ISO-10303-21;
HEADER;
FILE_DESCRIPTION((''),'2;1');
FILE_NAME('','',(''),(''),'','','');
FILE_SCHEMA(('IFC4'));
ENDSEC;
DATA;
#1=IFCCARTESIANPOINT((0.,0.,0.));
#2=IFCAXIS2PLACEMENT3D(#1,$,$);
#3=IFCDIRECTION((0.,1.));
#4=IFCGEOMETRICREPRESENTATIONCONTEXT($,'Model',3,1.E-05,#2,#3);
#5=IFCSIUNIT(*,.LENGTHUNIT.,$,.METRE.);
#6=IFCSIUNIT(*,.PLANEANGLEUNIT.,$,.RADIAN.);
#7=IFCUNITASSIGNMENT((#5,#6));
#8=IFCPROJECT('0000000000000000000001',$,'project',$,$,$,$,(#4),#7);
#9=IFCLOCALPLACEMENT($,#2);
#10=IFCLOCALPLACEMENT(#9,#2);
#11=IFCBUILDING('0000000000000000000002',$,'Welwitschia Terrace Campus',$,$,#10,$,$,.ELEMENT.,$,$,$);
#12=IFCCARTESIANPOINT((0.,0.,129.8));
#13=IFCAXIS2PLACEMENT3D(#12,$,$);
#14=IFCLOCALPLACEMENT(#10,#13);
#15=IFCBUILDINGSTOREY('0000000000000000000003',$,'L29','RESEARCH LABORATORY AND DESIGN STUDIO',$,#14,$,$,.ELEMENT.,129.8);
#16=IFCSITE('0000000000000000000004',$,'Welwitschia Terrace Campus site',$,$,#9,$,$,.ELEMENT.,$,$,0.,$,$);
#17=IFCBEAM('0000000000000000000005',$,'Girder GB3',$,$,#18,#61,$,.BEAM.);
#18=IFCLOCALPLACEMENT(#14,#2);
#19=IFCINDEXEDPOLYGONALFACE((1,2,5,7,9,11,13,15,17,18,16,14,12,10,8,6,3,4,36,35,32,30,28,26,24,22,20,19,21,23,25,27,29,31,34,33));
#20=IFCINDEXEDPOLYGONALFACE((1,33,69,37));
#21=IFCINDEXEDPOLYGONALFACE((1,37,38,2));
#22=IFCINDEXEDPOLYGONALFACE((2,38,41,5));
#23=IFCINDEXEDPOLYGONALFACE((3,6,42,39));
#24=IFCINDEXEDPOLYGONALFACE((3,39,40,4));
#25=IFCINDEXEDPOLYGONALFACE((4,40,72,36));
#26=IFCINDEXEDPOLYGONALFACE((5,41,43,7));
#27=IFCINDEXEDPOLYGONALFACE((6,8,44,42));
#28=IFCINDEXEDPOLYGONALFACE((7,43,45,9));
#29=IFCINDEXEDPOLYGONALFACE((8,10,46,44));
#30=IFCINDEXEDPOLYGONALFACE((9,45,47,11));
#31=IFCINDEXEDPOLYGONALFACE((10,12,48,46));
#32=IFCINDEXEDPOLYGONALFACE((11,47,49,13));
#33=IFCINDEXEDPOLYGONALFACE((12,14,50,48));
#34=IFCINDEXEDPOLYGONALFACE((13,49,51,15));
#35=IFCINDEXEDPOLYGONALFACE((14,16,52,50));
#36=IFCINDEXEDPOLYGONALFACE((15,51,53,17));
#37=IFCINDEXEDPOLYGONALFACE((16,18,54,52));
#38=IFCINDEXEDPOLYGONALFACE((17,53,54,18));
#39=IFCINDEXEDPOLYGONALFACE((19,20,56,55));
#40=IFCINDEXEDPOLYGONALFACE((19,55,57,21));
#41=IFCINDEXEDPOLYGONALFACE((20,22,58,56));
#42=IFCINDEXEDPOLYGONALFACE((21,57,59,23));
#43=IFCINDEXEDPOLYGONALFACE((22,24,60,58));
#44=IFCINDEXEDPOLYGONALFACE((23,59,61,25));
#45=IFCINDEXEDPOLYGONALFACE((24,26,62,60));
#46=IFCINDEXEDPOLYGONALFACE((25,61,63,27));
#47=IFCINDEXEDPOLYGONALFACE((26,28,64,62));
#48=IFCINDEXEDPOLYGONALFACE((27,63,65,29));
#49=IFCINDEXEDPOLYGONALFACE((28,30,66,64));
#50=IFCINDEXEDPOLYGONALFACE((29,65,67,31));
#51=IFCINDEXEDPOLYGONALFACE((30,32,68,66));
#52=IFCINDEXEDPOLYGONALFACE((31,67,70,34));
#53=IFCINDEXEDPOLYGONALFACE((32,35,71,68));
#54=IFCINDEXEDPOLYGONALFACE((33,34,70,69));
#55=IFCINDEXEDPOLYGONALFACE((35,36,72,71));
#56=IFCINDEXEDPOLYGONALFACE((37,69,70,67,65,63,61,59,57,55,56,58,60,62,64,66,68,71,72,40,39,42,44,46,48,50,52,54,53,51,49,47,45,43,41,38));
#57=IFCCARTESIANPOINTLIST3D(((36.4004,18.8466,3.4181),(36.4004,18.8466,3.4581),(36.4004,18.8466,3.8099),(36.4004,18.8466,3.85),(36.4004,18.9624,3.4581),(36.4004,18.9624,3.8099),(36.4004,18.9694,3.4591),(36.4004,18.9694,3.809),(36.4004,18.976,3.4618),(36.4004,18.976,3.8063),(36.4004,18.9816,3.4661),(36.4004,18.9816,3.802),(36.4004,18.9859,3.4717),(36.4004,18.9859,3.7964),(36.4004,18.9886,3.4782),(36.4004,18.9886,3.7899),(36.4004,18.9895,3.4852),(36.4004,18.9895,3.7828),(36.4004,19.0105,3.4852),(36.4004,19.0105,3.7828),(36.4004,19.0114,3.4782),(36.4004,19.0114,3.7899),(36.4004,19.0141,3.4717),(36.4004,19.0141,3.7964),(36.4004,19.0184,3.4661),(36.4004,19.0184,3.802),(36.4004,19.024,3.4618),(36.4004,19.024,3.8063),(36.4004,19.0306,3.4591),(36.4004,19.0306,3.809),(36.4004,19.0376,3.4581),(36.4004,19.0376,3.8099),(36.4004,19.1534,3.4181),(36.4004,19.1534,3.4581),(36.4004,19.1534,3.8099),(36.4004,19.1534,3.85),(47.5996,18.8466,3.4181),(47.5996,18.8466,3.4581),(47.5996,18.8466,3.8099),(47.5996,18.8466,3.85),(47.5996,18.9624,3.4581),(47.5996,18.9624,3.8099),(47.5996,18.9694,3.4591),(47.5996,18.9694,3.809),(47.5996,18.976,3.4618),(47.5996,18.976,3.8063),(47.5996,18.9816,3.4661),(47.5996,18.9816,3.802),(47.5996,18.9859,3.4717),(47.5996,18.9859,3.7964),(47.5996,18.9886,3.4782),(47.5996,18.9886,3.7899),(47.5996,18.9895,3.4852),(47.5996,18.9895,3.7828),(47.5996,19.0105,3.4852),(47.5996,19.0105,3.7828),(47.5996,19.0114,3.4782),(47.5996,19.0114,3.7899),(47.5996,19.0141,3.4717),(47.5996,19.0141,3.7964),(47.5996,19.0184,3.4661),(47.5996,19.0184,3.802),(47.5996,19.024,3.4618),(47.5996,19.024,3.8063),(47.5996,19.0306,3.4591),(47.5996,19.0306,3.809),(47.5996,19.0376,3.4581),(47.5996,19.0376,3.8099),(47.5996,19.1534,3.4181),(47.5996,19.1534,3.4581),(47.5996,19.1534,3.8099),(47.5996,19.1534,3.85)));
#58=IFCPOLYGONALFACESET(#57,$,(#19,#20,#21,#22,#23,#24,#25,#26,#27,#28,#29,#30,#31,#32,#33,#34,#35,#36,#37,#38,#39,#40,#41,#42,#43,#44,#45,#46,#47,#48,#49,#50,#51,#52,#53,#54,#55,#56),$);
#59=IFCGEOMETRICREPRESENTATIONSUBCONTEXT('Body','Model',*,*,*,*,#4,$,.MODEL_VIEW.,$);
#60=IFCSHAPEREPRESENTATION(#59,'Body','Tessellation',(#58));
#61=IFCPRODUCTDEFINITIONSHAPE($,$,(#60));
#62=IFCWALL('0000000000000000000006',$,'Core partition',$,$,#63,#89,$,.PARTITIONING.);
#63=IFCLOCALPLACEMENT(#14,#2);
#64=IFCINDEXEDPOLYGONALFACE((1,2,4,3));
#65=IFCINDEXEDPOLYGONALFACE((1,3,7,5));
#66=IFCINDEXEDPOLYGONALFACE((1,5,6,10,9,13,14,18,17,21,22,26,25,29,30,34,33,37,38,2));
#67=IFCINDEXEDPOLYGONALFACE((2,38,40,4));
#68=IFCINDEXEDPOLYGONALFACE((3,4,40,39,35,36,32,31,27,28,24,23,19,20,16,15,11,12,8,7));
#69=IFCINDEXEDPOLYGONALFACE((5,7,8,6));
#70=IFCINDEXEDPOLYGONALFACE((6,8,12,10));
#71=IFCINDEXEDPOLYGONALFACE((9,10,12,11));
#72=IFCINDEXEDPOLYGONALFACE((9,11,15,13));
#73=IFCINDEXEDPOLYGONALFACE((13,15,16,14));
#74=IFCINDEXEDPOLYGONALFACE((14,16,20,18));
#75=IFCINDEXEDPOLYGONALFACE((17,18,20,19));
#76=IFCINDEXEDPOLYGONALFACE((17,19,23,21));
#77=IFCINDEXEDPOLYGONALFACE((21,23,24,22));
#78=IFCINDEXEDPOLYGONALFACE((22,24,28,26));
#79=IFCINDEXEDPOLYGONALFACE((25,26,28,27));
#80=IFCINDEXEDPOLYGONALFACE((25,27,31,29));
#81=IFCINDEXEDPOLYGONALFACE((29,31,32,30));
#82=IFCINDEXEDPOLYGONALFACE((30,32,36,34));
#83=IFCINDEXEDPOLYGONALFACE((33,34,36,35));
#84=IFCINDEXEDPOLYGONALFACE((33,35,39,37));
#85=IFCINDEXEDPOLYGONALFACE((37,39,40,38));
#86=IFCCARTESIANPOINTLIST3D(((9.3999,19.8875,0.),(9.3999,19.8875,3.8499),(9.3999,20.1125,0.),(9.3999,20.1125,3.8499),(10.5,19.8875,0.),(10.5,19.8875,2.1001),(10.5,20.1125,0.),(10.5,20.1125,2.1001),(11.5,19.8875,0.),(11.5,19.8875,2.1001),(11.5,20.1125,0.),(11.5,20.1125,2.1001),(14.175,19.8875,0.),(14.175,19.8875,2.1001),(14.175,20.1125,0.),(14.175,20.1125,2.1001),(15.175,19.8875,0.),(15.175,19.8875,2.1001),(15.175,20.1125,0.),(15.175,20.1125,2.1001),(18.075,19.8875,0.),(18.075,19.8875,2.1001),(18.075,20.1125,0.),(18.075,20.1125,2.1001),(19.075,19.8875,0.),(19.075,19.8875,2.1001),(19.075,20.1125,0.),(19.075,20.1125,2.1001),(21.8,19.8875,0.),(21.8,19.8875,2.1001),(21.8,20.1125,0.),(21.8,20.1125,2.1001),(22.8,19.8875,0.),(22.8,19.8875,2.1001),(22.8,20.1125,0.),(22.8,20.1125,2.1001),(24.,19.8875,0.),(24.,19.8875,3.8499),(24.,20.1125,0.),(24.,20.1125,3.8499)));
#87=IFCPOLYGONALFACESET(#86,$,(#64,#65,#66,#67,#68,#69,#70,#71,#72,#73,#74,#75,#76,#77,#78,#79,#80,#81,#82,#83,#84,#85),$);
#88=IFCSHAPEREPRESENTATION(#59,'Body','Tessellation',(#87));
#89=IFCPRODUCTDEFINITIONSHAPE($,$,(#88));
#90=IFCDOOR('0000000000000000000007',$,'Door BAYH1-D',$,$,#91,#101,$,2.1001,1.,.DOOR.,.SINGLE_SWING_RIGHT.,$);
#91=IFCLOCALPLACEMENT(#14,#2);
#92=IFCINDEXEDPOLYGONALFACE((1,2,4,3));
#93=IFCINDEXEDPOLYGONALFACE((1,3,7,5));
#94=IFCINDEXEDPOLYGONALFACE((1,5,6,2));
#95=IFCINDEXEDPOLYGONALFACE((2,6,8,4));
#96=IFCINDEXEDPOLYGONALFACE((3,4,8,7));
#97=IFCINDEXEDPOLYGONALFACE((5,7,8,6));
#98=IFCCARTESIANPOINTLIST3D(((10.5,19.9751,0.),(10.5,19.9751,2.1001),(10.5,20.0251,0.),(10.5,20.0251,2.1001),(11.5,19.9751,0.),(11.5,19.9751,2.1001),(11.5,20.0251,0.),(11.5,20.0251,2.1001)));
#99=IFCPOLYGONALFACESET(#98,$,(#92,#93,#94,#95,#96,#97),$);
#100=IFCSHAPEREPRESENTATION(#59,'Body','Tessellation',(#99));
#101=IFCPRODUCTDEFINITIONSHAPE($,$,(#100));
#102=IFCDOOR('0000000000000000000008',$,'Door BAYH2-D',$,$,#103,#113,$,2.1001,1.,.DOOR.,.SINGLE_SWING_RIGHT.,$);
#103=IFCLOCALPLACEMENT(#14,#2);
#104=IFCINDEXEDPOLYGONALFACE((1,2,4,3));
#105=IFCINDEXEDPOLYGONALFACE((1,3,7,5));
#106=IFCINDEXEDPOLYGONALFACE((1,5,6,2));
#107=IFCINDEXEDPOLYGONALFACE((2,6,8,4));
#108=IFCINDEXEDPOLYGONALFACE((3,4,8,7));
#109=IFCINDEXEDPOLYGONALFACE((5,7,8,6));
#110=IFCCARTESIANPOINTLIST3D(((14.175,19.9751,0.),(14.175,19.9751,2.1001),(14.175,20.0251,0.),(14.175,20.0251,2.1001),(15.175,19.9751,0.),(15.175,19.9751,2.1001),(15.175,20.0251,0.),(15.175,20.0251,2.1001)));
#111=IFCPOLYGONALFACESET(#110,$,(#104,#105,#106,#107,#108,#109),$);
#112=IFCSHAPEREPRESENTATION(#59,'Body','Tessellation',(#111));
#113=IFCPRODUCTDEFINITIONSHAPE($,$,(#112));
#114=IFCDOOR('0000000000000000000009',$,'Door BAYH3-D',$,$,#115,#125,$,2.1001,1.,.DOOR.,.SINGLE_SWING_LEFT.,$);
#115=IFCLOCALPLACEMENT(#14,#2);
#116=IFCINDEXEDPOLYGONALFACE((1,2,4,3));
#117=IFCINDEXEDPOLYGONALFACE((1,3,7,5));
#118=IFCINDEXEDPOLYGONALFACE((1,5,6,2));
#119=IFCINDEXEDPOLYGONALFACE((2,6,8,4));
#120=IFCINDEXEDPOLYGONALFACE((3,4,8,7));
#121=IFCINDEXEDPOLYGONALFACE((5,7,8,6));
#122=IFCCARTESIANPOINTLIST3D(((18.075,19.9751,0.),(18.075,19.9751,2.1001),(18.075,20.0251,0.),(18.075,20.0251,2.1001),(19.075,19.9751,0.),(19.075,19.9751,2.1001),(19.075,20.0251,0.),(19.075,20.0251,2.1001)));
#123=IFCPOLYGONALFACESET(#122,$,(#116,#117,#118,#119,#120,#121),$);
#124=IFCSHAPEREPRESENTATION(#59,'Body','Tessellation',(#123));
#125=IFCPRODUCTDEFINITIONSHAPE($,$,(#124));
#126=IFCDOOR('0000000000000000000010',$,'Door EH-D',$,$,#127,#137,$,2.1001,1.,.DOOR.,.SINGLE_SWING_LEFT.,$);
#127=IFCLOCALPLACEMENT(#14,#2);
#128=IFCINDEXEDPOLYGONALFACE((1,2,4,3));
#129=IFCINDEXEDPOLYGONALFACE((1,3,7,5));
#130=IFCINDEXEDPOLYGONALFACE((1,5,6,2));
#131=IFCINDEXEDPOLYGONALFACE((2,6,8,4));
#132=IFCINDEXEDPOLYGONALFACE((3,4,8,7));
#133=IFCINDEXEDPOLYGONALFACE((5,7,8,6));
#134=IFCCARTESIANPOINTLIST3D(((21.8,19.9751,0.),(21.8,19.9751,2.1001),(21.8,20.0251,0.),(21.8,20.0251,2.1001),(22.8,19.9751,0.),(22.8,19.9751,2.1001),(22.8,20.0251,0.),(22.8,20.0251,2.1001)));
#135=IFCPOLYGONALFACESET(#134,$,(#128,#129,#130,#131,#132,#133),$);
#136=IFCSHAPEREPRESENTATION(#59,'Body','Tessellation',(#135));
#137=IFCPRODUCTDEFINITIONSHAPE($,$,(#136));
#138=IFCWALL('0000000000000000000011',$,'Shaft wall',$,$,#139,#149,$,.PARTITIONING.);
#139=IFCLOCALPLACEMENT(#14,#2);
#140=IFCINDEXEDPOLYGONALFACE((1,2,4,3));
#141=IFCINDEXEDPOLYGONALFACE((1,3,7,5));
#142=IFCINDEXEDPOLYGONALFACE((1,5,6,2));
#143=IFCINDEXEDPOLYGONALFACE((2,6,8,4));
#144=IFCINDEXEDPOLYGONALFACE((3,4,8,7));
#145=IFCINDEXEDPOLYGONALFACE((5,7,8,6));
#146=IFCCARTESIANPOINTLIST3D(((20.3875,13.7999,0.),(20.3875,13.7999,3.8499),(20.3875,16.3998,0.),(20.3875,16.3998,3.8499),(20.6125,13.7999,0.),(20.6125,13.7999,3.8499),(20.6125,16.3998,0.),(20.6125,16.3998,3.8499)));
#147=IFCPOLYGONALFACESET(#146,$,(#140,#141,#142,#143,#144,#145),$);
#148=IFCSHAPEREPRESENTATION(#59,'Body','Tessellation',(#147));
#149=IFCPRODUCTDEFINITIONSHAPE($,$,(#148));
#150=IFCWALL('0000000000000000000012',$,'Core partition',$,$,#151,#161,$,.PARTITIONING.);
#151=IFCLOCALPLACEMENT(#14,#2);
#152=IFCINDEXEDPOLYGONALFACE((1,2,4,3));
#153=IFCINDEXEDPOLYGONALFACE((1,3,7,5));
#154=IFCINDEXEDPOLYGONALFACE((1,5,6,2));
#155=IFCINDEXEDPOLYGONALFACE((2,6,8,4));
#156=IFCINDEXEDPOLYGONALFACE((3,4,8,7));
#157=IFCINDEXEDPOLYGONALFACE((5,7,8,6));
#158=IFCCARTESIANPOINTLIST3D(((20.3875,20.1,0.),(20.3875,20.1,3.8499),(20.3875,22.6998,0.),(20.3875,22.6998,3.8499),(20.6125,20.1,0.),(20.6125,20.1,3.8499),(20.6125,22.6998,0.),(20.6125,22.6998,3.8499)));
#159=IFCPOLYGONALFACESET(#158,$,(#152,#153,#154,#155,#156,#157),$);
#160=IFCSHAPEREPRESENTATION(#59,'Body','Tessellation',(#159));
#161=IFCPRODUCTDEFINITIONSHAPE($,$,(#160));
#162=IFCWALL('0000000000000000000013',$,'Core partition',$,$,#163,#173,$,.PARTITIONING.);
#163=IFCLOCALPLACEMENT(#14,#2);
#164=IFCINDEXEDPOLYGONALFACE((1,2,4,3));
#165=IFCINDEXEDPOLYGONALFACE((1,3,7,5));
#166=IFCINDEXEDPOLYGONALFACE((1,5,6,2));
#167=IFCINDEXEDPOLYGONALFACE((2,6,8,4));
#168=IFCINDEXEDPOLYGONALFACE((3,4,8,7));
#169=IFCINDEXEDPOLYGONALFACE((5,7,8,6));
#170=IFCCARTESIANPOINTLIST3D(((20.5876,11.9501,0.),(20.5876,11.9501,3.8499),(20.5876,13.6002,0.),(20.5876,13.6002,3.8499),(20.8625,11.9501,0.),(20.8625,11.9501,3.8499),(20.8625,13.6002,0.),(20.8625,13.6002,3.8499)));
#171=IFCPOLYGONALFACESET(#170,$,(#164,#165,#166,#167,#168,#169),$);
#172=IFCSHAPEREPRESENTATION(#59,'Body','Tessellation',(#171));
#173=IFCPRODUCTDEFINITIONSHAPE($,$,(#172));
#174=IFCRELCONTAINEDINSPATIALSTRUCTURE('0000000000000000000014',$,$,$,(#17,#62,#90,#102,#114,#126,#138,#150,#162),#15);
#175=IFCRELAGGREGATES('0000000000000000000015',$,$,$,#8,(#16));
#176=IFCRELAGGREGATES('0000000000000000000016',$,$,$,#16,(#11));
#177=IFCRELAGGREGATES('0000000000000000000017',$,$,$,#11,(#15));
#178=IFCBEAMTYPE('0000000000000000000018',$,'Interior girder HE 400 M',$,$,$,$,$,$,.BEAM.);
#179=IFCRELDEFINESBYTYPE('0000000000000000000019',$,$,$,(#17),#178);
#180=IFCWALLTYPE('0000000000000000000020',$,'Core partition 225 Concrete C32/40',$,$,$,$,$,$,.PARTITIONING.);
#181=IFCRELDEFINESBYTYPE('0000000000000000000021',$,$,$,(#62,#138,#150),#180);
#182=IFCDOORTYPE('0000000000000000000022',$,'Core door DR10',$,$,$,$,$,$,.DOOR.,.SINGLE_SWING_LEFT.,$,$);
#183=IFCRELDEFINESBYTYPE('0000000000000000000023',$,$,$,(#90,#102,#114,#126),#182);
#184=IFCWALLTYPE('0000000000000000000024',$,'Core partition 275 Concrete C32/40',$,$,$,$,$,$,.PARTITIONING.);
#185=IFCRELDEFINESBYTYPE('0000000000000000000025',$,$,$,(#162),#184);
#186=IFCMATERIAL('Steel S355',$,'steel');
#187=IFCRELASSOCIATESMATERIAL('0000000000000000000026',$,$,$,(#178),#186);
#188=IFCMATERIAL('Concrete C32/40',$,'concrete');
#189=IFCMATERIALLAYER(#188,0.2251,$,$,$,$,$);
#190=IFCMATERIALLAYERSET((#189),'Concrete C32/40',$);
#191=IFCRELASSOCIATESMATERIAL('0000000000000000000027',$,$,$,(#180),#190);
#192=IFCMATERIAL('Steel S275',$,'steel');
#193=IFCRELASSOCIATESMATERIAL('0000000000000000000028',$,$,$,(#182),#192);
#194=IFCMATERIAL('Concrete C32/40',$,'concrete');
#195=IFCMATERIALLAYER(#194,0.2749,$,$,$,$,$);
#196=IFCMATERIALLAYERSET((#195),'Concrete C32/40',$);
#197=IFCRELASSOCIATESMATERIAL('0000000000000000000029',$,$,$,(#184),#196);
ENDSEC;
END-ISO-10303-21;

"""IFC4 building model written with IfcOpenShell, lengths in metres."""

from ifc_helpers import new_model, si_unit, direction, frame, frame_2d, origin, origin_2d, place, context, subcontext, project, spatial, rectangle, i_section, extrude, material, layer, layer_set, material_profile, profile_set, type_object, element, fill, save


model = new_model("IFC4")

# Units and contexts
model_context = context("Model", 3, precision=1e-05, world=origin(), true_north=direction((0.0, 1.0)))
body_context = subcontext(model_context, "Body", "Model", "MODEL_VIEW")
ifc_project = project(units=[si_unit("LENGTHUNIT", "METRE"), si_unit("PLANEANGLEUNIT", "RADIAN")], contexts=[model_context])

# Site, building, storey
site_placement = place(None, origin())
site = spatial("IfcSite", under=ifc_project, at=site_placement, Name="Welwitschia Terrace Campus site", CompositionType="ELEMENT", RefElevation=0.0)
building_placement = place(site_placement, origin())
building = spatial("IfcBuilding", under=site, at=building_placement, Name="Welwitschia Terrace Campus", CompositionType="ELEMENT")
storey_placement = place(building_placement, frame((0.0, 0.0, 129.8)))
storey = spatial("IfcBuildingStorey", under=building, at=storey_placement, Name="L29", Description="RESEARCH LABORATORY AND DESIGN STUDIO", CompositionType="ELEMENT", Elevation=129.8)

# Beam
ifc_material_1 = material(Name="Steel S355", Category="steel")
ifc_material_profile_1 = material_profile(ifc_material_1, i_section(OverallWidth=0.3069, OverallDepth=0.4319, WebThickness=0.021, FlangeThickness=0.04, FilletRadius=0.0271, at=origin_2d()))
ifc_profile_set_1 = profile_set([ifc_material_profile_1], Name="Steel S355")
beam_type = type_object("IfcBeamType", Name="Interior girder HE 400 M", PredefinedType="BEAM", material=ifc_profile_set_1)
beam_1_placement = place(storey_placement, frame((36.4004, 19.0, 3.634), z_axis=(1.0, 0.0, 0.0), x_axis=(0.0, 1.0, 0.0)))
element("IfcBeam", 1, at=beam_1_placement, inside=storey, type_object=beam_type, Name="Girder GB3", PredefinedType="BEAM", context=body_context, shape_type="SweptSolid", body=[
    extrude(i_section(OverallWidth=0.3069, OverallDepth=0.4319, WebThickness=0.021, FlangeThickness=0.04, FilletRadius=0.0271, at=origin_2d()), origin(), (0.0, 0.0, 1.0), 11.1992),
])

# Wall, openings, doors
ifc_material_2 = material(Name="Concrete C32/40", Category="concrete")
ifc_layer_1 = layer(ifc_material_2, 0.2251)
ifc_layer_set_1 = layer_set([ifc_layer_1], Name="Concrete C32/40")
wall_type_1 = type_object("IfcWallType", Name="Core partition 225 Concrete C32/40", PredefinedType="PARTITIONING", material=ifc_layer_set_1)
wall_1_placement = place(storey_placement, frame((24.0, 20.0, 0.0), z_axis=(0.0, 0.0, 1.0), x_axis=(-1.0, 0.0, 0.0)))
wall_1 = element("IfcWall", 2, at=wall_1_placement, inside=storey, type_object=wall_type_1, Name="Core partition", PredefinedType="PARTITIONING", context=body_context, shape_type="SweptSolid", body=[
    extrude(rectangle(XDim=14.6001, YDim=0.2251, at=frame_2d((7.3, 0.0))), origin(), (0.0, 0.0, 1.0), 3.8499),
])
opening_1_placement = place(wall_1_placement, frame((12.5, 0.0, 0.0)))
opening_1 = element("IfcOpeningElement", 3, at=opening_1_placement, cuts=wall_1, PredefinedType="OPENING", context=body_context, shape_type="SweptSolid", body=[
    extrude(rectangle(XDim=1.0, YDim=2.1001, at=frame_2d((0.5, 1.05))), frame((0.0, 0.1226, 0.0), z_axis=(0.0, -1.0, 0.0), x_axis=(1.0, 0.0, 0.0)), (0.0, 0.0, 1.0), 0.2451),
])
opening_2_placement = place(wall_1_placement, frame((8.825, 0.0, 0.0)))
opening_2 = element("IfcOpeningElement", 4, at=opening_2_placement, cuts=wall_1, PredefinedType="OPENING", context=body_context, shape_type="SweptSolid", body=[
    extrude(rectangle(XDim=1.0, YDim=2.1001, at=frame_2d((0.5, 1.05))), frame((0.0, 0.1226, 0.0), z_axis=(0.0, -1.0, 0.0), x_axis=(1.0, 0.0, 0.0)), (0.0, 0.0, 1.0), 0.2451),
])
opening_3_placement = place(wall_1_placement, frame((4.925, 0.0, 0.0)))
opening_3 = element("IfcOpeningElement", 5, at=opening_3_placement, cuts=wall_1, PredefinedType="OPENING", context=body_context, shape_type="SweptSolid", body=[
    extrude(rectangle(XDim=1.0, YDim=2.1001, at=frame_2d((0.5, 1.05))), frame((0.0, 0.1226, 0.0), z_axis=(0.0, -1.0, 0.0), x_axis=(1.0, 0.0, 0.0)), (0.0, 0.0, 1.0), 0.2451),
])
opening_4_placement = place(wall_1_placement, frame((1.2, 0.0, 0.0)))
opening_4 = element("IfcOpeningElement", 6, at=opening_4_placement, cuts=wall_1, PredefinedType="OPENING", context=body_context, shape_type="SweptSolid", body=[
    extrude(rectangle(XDim=1.0, YDim=2.1001, at=frame_2d((0.5, 1.05))), frame((0.0, 0.1226, 0.0), z_axis=(0.0, -1.0, 0.0), x_axis=(1.0, 0.0, 0.0)), (0.0, 0.0, 1.0), 0.2451),
])
ifc_material_3 = material(Name="Steel S275", Category="steel")
door_type_1 = type_object("IfcDoorType", Name="Core door DR10", OperationType="SINGLE_SWING_LEFT", PredefinedType="DOOR", material=ifc_material_3)
door_1_placement = place(opening_1_placement, origin())
door_1 = element("IfcDoor", 7, at=door_1_placement, inside=storey, type_object=door_type_1, Name="Door BAYH1-D", OperationType="SINGLE_SWING_RIGHT", OverallHeight=2.1001, OverallWidth=1.0, PredefinedType="DOOR", context=body_context, shape_type="SweptSolid", body=[
    extrude(rectangle(XDim=1.0, YDim=2.1001, at=frame_2d((0.5, 1.05))), frame((0.0, 0.0249, 0.0), z_axis=(0.0, -1.0, 0.0), x_axis=(1.0, 0.0, 0.0)), (0.0, 0.0, 1.0), 0.05),
])
fill(opening_1, door_1)
door_2_placement = place(opening_2_placement, origin())
door_2 = element("IfcDoor", 8, at=door_2_placement, inside=storey, type_object=door_type_1, Name="Door BAYH2-D", OperationType="SINGLE_SWING_RIGHT", OverallHeight=2.1001, OverallWidth=1.0, PredefinedType="DOOR", context=body_context, shape_type="SweptSolid", body=[
    extrude(rectangle(XDim=1.0, YDim=2.1001, at=frame_2d((0.5, 1.05))), frame((0.0, 0.0249, 0.0), z_axis=(0.0, -1.0, 0.0), x_axis=(1.0, 0.0, 0.0)), (0.0, 0.0, 1.0), 0.05),
])
fill(opening_2, door_2)
door_3_placement = place(opening_3_placement, origin())
door_3 = element("IfcDoor", 9, at=door_3_placement, inside=storey, type_object=door_type_1, Name="Door BAYH3-D", OperationType="SINGLE_SWING_LEFT", OverallHeight=2.1001, OverallWidth=1.0, PredefinedType="DOOR", context=body_context, shape_type="SweptSolid", body=[
    extrude(rectangle(XDim=1.0, YDim=2.1001, at=frame_2d((0.5, 1.05))), frame((0.0, 0.0249, 0.0), z_axis=(0.0, -1.0, 0.0), x_axis=(1.0, 0.0, 0.0)), (0.0, 0.0, 1.0), 0.05),
])
fill(opening_3, door_3)
door_4_placement = place(opening_4_placement, origin())
door_4 = element("IfcDoor", 10, at=door_4_placement, inside=storey, type_object=door_type_1, Name="Door EH-D", OperationType="SINGLE_SWING_LEFT", OverallHeight=2.1001, OverallWidth=1.0, PredefinedType="DOOR", context=body_context, shape_type="SweptSolid", body=[
    extrude(rectangle(XDim=1.0, YDim=2.1001, at=frame_2d((0.5, 1.05))), frame((0.0, 0.0249, 0.0), z_axis=(0.0, -1.0, 0.0), x_axis=(1.0, 0.0, 0.0)), (0.0, 0.0, 1.0), 0.05),
])
fill(opening_4, door_4)

# Walls
for number, where, z_axis, x_axis, name in (
    (11, (20.5, 13.8, 0.0), (0.0, 0.0, 1.0), (0.0, 1.0, 0.0), "Shaft wall"),
    (12, (20.5, 20.1001, 0.0), (0.0, 0.0, 1.0), (0.0, 1.0, 0.0), "Core partition"),
):
    element("IfcWall", number, at=place(storey_placement, frame(where, z_axis=z_axis, x_axis=x_axis)), inside=storey, type_object=wall_type_1, Name=name, PredefinedType="PARTITIONING", context=body_context, shape_type="SweptSolid", body=[
        extrude(rectangle(XDim=2.5999, YDim=0.2251, at=frame_2d((1.2998, 0.0))), origin(), (0.0, 0.0, 1.0), 3.8499),
    ])
ifc_material_4 = material(Name="Concrete C32/40", Category="concrete")
ifc_layer_2 = layer(ifc_material_4, 0.2749)
ifc_layer_set_2 = layer_set([ifc_layer_2], Name="Concrete C32/40")
wall_type_2 = type_object("IfcWallType", Name="Core partition 275 Concrete C32/40", PredefinedType="PARTITIONING", material=ifc_layer_set_2)
wall_2_placement = place(storey_placement, frame((20.7251, 11.95, 0.0), z_axis=(0.0, 0.0, 1.0), x_axis=(0.0, 1.0, 0.0)))
element("IfcWall", 13, at=wall_2_placement, inside=storey, type_object=wall_type_2, Name="Core partition", PredefinedType="PARTITIONING", context=body_context, shape_type="SweptSolid", body=[
    extrude(rectangle(XDim=1.6501, YDim=0.2749, at=frame_2d((0.8252, 0.0))), origin(), (0.0, 0.0, 1.0), 3.8499),
])

save(model, "model.ifc")
